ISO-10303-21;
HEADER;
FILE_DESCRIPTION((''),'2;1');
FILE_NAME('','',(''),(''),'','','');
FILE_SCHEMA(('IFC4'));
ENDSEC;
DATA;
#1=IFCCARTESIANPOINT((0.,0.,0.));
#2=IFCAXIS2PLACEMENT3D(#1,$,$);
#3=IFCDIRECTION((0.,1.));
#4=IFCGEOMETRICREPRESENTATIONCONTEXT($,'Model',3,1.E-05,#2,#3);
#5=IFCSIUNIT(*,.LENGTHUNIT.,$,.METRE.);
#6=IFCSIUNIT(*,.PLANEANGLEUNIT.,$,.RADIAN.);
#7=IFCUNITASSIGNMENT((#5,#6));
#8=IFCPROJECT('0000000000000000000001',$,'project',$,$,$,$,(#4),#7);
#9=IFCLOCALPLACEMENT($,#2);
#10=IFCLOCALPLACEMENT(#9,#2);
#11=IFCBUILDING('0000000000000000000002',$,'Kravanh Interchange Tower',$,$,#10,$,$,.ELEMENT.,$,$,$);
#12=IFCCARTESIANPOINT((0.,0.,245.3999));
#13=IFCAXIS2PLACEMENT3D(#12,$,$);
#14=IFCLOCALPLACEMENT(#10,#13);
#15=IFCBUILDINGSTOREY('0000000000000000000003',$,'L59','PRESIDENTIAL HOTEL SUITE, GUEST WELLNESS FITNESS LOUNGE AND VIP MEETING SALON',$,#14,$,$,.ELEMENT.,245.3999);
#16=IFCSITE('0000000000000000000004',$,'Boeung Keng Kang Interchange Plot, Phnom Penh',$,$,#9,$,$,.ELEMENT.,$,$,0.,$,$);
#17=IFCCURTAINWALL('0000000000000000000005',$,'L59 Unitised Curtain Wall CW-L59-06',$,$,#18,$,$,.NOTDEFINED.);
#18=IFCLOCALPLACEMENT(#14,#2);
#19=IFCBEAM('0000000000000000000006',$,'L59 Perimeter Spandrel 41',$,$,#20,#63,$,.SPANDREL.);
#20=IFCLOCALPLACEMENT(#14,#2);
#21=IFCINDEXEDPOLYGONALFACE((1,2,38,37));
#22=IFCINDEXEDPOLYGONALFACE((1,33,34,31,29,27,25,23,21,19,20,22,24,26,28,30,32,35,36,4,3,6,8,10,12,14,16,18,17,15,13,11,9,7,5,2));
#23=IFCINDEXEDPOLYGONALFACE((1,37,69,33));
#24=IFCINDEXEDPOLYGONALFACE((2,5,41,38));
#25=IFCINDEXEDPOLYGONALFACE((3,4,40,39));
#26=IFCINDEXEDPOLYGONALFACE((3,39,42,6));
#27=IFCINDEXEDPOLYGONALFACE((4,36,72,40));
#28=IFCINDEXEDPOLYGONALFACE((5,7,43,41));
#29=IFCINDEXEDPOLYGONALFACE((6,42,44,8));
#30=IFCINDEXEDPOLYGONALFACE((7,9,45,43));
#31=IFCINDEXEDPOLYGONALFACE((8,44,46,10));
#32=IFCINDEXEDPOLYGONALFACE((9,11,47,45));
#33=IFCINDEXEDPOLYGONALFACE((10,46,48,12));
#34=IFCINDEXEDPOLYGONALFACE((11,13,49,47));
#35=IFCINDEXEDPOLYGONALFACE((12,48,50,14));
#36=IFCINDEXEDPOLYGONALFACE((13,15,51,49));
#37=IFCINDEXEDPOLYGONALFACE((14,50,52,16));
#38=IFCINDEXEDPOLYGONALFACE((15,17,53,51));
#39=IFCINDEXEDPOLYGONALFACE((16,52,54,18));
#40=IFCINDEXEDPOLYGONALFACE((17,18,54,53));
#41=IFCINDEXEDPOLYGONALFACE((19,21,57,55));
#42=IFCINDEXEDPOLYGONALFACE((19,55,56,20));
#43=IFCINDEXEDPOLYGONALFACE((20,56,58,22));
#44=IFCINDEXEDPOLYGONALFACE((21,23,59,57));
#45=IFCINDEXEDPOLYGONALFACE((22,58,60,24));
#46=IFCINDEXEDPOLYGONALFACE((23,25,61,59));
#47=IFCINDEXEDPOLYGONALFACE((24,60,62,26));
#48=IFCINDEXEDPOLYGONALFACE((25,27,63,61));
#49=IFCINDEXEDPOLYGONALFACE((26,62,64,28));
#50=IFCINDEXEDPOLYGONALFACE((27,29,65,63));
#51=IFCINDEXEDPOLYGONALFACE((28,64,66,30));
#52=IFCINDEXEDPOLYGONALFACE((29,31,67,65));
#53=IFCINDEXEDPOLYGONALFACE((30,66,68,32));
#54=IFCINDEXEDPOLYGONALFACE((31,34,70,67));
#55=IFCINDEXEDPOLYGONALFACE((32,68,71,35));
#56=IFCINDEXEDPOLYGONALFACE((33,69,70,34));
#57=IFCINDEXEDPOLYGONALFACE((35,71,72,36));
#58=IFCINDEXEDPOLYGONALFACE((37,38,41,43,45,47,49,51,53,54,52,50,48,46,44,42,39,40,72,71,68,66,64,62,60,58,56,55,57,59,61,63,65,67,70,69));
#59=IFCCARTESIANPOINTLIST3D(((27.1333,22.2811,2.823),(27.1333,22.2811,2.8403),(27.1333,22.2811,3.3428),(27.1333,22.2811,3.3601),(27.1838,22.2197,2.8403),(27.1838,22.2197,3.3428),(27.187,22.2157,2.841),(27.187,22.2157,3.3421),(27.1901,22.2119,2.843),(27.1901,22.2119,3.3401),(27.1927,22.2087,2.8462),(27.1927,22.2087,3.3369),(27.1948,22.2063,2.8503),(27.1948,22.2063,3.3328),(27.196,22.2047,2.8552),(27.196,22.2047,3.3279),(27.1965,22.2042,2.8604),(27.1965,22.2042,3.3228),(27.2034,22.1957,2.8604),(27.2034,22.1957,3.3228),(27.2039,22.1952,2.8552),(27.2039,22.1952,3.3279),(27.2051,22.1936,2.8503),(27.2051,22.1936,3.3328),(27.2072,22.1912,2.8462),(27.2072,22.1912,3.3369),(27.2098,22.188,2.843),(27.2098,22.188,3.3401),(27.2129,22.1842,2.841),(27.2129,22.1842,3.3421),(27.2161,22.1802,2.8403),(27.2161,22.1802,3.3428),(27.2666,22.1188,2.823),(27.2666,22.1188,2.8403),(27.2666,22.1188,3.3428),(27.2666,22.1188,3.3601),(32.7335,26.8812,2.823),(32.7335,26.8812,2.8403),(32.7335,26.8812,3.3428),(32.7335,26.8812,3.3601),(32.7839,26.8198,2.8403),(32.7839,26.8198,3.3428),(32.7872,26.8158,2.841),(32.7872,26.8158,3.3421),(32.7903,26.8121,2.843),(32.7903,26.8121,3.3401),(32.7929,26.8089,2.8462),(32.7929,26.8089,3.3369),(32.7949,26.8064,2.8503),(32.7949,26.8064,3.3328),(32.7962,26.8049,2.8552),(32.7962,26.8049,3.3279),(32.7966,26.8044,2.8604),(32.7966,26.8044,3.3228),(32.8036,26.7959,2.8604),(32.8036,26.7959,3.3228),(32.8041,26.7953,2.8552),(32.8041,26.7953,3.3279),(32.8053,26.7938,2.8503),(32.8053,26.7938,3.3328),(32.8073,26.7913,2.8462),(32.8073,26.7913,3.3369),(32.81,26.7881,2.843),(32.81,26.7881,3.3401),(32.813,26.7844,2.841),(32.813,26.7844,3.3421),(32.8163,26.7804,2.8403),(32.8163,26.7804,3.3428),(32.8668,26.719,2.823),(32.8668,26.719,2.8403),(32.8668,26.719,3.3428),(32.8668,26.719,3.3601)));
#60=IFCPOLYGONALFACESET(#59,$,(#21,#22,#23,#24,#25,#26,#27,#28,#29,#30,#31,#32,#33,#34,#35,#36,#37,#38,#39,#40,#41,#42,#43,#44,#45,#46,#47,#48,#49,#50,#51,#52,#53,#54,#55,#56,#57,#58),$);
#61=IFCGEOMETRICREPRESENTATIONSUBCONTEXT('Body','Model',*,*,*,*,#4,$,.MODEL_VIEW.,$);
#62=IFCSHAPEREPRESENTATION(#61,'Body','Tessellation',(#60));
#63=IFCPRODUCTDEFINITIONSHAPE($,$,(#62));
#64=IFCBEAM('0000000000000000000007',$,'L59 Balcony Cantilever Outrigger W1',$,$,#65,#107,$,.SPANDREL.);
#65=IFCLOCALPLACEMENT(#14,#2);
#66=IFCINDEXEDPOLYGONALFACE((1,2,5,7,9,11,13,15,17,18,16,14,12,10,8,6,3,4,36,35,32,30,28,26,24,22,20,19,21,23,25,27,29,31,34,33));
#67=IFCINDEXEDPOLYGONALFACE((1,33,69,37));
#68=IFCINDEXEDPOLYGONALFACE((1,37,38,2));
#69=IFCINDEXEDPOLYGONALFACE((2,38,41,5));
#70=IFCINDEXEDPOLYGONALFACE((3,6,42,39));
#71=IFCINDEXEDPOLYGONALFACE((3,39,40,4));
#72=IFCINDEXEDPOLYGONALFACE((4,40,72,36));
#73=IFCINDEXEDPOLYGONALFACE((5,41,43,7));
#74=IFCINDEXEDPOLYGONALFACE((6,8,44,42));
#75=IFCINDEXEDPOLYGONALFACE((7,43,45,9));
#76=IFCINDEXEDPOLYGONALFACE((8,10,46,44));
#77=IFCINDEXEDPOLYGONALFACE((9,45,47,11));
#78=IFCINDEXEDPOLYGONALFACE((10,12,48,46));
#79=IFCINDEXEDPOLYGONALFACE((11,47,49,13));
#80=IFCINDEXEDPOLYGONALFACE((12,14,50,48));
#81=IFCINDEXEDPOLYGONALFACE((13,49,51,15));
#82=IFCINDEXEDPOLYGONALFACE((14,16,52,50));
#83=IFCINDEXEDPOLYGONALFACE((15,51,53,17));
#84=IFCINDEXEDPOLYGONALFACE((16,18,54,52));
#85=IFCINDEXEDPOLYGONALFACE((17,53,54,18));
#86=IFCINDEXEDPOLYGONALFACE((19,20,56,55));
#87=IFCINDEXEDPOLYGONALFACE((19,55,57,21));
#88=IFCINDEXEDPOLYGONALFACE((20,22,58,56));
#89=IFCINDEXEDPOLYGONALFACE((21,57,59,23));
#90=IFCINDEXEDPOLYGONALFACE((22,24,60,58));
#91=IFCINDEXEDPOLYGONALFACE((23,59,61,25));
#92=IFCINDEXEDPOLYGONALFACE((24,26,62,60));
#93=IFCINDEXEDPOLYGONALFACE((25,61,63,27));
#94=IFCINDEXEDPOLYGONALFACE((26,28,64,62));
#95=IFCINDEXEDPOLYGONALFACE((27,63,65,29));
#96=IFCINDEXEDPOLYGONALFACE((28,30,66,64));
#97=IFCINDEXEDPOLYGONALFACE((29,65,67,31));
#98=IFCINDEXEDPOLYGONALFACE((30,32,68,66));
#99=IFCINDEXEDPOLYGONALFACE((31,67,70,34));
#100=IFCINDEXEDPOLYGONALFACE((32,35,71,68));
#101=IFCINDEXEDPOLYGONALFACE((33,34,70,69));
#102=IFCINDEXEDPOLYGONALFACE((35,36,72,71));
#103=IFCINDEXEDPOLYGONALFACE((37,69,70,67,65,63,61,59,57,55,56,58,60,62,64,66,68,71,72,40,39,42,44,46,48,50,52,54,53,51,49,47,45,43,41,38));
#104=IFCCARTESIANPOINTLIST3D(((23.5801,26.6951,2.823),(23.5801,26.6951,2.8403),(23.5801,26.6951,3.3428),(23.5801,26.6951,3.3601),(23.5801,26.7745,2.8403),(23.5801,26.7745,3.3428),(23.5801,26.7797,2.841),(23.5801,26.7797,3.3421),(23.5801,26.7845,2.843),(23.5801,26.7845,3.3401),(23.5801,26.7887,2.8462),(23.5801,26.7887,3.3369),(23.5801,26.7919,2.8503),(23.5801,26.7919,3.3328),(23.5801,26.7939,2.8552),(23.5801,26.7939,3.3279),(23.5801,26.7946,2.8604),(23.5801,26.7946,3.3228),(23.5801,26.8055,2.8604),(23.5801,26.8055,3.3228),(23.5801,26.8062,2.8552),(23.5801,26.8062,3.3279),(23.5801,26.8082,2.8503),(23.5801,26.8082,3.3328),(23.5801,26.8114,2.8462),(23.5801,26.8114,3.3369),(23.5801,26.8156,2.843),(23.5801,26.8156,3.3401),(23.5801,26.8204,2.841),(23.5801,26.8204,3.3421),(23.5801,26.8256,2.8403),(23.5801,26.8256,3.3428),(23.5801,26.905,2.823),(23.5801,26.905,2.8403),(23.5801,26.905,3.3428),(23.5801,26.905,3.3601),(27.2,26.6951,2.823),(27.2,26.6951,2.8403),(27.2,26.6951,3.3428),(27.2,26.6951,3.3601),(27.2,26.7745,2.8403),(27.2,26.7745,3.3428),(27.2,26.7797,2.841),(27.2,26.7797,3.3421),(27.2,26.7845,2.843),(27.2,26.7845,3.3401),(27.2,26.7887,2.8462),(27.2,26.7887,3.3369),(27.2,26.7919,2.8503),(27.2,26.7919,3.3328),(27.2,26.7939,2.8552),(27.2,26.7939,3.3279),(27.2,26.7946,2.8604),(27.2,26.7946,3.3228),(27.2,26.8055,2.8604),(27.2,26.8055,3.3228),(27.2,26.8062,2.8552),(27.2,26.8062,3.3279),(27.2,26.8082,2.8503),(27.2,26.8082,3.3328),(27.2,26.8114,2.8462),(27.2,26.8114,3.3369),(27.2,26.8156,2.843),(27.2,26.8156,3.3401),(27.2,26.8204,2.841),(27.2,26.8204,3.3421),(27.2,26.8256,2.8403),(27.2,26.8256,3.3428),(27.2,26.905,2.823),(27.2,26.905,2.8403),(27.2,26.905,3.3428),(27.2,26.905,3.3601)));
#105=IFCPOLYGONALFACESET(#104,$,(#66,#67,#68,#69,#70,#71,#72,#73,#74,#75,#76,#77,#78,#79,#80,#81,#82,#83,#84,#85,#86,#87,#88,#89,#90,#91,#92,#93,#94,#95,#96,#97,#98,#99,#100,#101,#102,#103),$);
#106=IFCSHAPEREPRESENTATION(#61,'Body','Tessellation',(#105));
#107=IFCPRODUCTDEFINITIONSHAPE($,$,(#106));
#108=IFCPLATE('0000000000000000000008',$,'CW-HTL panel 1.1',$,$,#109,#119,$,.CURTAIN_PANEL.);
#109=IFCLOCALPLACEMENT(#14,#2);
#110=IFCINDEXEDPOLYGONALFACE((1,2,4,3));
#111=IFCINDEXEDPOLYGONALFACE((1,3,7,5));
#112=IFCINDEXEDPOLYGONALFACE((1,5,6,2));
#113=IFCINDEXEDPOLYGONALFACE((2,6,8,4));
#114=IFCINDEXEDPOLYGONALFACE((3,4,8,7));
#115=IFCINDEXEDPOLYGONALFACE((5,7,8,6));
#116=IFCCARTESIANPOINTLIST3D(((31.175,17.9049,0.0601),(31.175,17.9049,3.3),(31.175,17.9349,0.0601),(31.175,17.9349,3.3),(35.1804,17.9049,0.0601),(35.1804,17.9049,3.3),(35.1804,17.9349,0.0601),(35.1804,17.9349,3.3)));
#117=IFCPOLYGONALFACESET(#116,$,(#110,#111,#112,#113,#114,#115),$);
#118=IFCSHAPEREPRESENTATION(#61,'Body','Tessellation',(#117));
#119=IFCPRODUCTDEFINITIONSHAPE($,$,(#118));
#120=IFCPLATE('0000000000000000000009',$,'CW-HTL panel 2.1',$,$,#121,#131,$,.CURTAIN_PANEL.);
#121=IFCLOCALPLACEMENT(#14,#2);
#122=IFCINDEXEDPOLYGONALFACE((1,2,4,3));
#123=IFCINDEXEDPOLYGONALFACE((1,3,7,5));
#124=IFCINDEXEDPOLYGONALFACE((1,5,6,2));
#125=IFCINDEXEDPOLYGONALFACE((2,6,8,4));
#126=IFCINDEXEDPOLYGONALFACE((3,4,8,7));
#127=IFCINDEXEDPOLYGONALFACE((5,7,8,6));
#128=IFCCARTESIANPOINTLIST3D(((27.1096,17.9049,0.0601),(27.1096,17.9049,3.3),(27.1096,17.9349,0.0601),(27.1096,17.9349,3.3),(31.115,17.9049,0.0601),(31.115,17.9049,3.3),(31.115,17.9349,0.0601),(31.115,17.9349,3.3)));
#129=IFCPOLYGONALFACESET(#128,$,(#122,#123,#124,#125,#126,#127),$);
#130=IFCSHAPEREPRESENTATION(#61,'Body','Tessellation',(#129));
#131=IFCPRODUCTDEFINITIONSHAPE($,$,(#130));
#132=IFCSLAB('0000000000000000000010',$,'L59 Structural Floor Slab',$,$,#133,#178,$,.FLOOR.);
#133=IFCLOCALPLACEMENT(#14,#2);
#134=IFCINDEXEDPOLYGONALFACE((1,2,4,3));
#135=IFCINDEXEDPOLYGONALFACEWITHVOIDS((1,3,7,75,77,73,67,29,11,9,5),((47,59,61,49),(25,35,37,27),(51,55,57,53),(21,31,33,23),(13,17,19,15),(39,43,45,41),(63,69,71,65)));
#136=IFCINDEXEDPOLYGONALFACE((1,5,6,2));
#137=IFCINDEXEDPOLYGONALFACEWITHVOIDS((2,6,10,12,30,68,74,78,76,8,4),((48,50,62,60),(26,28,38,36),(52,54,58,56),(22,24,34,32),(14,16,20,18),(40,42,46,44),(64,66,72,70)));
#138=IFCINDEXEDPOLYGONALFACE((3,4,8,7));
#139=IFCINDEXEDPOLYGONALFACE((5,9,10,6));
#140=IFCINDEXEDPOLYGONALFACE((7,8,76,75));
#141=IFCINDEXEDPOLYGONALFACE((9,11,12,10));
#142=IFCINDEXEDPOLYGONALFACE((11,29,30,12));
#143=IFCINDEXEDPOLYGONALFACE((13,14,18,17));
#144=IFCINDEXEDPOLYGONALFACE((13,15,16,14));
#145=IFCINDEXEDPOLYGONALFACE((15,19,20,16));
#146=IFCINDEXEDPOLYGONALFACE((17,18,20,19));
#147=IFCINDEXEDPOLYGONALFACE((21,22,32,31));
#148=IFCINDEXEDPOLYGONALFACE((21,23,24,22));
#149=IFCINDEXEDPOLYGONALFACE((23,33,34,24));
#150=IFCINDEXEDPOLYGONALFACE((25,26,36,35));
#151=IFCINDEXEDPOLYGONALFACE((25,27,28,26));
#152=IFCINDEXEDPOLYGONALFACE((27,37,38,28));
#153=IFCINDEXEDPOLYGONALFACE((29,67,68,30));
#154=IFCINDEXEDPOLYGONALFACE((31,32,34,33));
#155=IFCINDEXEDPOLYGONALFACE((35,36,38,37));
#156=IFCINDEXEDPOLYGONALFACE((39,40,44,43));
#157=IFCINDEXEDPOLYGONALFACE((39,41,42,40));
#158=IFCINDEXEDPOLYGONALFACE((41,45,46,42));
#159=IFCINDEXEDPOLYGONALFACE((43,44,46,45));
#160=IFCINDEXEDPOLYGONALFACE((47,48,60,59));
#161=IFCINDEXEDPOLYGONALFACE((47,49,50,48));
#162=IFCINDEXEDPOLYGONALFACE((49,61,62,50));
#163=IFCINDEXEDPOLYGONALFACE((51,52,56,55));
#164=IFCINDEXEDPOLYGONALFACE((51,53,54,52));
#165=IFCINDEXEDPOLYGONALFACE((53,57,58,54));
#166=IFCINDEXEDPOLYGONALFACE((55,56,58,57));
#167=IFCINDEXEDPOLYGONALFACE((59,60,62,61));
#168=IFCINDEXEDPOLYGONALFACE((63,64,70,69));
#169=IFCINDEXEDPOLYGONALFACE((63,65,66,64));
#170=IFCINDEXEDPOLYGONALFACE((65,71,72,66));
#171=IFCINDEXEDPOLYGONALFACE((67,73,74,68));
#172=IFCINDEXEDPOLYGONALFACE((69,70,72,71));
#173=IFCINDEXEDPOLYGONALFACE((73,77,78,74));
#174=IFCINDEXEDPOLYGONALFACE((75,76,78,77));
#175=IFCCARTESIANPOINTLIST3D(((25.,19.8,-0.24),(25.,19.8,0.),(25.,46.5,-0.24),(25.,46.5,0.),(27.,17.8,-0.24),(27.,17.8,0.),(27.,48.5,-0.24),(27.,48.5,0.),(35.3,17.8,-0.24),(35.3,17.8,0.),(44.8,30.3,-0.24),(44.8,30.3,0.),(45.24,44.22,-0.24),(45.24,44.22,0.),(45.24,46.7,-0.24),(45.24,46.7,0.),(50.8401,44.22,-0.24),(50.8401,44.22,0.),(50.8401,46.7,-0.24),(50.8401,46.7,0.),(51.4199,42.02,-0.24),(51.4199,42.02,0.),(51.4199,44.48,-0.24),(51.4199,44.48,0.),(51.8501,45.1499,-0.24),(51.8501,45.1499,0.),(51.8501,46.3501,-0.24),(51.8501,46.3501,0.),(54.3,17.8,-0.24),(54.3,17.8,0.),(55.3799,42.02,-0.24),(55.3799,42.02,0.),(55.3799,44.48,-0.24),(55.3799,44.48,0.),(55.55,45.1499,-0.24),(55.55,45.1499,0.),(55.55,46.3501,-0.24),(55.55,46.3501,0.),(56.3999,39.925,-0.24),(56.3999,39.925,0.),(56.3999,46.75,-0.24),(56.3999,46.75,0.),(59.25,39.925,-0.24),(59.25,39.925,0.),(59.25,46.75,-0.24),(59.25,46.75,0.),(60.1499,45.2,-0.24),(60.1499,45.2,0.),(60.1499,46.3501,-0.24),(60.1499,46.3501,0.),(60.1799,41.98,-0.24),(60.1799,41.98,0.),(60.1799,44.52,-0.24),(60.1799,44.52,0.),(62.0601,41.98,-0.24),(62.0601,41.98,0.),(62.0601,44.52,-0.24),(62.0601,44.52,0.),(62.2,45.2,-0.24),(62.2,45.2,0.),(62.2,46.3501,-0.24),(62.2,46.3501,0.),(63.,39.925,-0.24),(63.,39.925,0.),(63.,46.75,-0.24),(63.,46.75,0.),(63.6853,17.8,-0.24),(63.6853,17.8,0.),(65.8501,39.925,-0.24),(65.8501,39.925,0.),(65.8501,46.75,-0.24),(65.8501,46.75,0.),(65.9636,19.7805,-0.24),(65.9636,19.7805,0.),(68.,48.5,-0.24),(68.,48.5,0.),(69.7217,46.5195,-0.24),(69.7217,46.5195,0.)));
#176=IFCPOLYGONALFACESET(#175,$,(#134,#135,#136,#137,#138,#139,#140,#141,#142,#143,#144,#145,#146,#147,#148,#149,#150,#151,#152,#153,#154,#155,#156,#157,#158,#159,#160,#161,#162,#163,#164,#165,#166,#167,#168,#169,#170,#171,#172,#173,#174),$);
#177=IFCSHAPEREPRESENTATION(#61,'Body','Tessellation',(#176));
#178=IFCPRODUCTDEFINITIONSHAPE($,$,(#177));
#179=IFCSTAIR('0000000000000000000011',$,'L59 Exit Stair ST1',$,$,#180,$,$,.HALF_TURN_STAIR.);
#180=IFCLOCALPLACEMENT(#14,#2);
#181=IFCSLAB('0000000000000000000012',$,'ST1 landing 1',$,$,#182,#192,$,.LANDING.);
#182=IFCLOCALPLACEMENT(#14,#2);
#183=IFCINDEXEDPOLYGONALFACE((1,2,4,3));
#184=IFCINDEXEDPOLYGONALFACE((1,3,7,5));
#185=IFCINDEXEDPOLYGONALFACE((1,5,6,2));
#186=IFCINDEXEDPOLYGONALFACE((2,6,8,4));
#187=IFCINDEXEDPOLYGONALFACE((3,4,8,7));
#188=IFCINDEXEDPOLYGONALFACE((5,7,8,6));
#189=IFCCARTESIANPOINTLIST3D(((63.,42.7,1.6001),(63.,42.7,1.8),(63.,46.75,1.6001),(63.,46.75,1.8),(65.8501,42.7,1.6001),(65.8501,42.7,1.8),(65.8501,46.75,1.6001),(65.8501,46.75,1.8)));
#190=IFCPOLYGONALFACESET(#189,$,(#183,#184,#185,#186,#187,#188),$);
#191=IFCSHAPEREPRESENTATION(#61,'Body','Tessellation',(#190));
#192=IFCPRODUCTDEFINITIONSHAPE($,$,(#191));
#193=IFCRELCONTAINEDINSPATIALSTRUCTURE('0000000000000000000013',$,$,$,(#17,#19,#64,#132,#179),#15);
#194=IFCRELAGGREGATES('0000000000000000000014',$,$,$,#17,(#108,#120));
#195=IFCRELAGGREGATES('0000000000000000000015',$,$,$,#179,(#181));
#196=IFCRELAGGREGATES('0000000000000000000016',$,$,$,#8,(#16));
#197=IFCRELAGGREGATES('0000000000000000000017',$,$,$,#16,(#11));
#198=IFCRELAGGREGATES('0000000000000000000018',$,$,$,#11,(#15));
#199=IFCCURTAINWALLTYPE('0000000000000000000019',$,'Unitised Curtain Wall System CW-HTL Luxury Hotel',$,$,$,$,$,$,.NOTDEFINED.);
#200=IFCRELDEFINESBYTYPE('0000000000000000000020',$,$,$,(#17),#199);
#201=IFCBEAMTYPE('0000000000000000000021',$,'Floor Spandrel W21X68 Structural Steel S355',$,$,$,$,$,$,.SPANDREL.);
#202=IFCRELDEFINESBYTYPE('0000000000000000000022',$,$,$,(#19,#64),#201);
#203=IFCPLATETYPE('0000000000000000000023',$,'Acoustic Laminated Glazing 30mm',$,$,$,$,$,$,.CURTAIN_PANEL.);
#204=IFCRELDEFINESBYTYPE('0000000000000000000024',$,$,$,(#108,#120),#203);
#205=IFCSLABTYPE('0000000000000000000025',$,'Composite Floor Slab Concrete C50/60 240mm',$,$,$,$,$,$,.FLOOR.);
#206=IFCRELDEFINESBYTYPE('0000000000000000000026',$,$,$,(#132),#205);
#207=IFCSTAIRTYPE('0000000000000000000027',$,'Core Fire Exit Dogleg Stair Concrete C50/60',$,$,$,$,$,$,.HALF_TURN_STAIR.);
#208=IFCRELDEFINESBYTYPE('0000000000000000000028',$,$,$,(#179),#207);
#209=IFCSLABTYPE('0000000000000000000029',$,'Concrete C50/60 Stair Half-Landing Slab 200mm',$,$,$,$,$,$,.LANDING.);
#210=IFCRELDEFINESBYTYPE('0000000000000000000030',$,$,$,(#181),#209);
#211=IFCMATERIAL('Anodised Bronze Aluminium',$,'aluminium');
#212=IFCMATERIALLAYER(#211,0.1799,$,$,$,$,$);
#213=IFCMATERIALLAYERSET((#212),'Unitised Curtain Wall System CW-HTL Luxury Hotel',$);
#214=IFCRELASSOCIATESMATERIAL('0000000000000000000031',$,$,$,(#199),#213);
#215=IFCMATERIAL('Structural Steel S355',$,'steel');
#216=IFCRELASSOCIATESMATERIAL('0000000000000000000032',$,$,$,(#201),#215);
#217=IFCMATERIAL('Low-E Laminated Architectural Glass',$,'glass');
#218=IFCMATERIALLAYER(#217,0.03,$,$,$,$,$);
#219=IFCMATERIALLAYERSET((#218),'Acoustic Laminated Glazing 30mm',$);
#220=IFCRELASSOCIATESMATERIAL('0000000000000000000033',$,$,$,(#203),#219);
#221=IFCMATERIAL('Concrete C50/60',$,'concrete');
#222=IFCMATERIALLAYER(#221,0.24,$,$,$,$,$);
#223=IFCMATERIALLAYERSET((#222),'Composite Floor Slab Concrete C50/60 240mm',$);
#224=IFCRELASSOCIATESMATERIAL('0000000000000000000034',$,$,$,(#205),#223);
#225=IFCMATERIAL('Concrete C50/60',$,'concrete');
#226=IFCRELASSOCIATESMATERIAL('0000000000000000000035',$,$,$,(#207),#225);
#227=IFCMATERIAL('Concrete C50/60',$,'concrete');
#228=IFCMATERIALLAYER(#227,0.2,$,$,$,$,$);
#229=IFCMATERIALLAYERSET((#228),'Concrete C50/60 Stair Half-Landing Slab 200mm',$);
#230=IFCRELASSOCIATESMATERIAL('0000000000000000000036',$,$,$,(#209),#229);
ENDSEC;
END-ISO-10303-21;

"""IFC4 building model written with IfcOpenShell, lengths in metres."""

from ifc_helpers import new_model, si_unit, direction, frame, origin, origin_2d, place, context, subcontext, project, spatial, polyline, rectangle, i_section, outline, extrude, material, layer, layer_set, material_profile, profile_set, type_object, element, aggregate, save


model = new_model("IFC4")

# Units and contexts
model_context = context("Model", 3, precision=1e-05, world=origin(), true_north=direction((0.0, 1.0)))
body_context = subcontext(model_context, "Body", "Model", "MODEL_VIEW")
ifc_project = project(units=[si_unit("LENGTHUNIT", "METRE"), si_unit("PLANEANGLEUNIT", "RADIAN")], contexts=[model_context])

# Site, building, storey
site_placement = place(None, origin())
site = spatial("IfcSite", under=ifc_project, at=site_placement, Name="Boeung Keng Kang Interchange Plot, Phnom Penh", CompositionType="ELEMENT", RefElevation=0.0)
building_placement = place(site_placement, origin())
building = spatial("IfcBuilding", under=site, at=building_placement, Name="Kravanh Interchange Tower", CompositionType="ELEMENT")
storey_placement = place(building_placement, frame((0.0, 0.0, 245.3999)))
storey = spatial("IfcBuildingStorey", under=building, at=storey_placement, Name="L59", Description="PRESIDENTIAL HOTEL SUITE, GUEST WELLNESS FITNESS LOUNGE AND VIP MEETING SALON", CompositionType="ELEMENT", Elevation=245.3999)

# Curtain wall
ifc_material_1 = material(Name="Anodised Bronze Aluminium", Category="aluminium")
ifc_layer_1 = layer(ifc_material_1, 0.1799)
ifc_layer_set_1 = layer_set([ifc_layer_1], Name="Unitised Curtain Wall System CW-HTL Luxury Hotel")
curtain_wall_type = type_object("IfcCurtainWallType", Name="Unitised Curtain Wall System CW-HTL Luxury Hotel", PredefinedType="NOTDEFINED", material=ifc_layer_set_1)
curtain_wall_placement = place(storey_placement, origin())
curtain_wall = element("IfcCurtainWall", 1, at=curtain_wall_placement, inside=storey, type_object=curtain_wall_type, Name="L59 Unitised Curtain Wall CW-L59-06", PredefinedType="NOTDEFINED")

# Beams
ifc_material_2 = material(Name="Structural Steel S355", Category="steel")
ifc_material_profile_1 = material_profile(ifc_material_2, i_section(OverallWidth=0.21, OverallDepth=0.5371, WebThickness=0.011, FlangeThickness=0.0173, FilletRadius=0.02, at=origin_2d()), Name="W21X68")
ifc_profile_set_1 = profile_set([ifc_material_profile_1], Name="Structural Steel S355")
beam_type_1 = type_object("IfcBeamType", Name="Floor Spandrel W21X68 Structural Steel S355", PredefinedType="SPANDREL", material=ifc_profile_set_1)
beam_1_placement = place(storey_placement, frame((27.2, 22.2, 3.0916), z_axis=(0.772725, 0.634741, 0.0), x_axis=(-0.634741, 0.772725, 0.0)))
element("IfcBeam", 2, at=beam_1_placement, inside=storey, type_object=beam_type_1, Name="L59 Perimeter Spandrel 41", PredefinedType="SPANDREL", context=body_context, shape_type="SweptSolid", body=[
    extrude(i_section(OverallWidth=0.21, OverallDepth=0.5371, WebThickness=0.011, FlangeThickness=0.0173, FilletRadius=0.02, at=origin_2d()), origin(), (0.0, 0.0, 1.0), 7.2473),
])
beam_2_placement = place(storey_placement, frame((27.2, 26.8, 3.0916), z_axis=(-1.0, 0.0, 0.0), x_axis=(0.0, -1.0, 0.0)))
element("IfcBeam", 3, at=beam_2_placement, inside=storey, type_object=beam_type_1, Name="L59 Balcony Cantilever Outrigger W1", PredefinedType="SPANDREL", context=body_context, shape_type="SweptSolid", body=[
    extrude(i_section(OverallWidth=0.21, OverallDepth=0.5371, WebThickness=0.011, FlangeThickness=0.0173, FilletRadius=0.02, at=origin_2d()), origin(), (0.0, 0.0, 1.0), 3.6199),
])

# Plates
ifc_material_3 = material(Name="Low-E Laminated Architectural Glass", Category="glass")
ifc_layer_2 = layer(ifc_material_3, 0.03)
ifc_layer_set_2 = layer_set([ifc_layer_2], Name="Acoustic Laminated Glazing 30mm")
plate_type = type_object("IfcPlateType", Name="Acoustic Laminated Glazing 30mm", PredefinedType="CURTAIN_PANEL", material=ifc_layer_set_2)
plate_1_placement = place(storey_placement, frame((33.1777, 17.9199, 0.0601), z_axis=(0.0, 0.0, 1.0), x_axis=(-1.0, 0.0, 0.0)))
plate_1 = element("IfcPlate", 4, at=plate_1_placement, type_object=plate_type, Name="CW-HTL panel 1.1", PredefinedType="CURTAIN_PANEL", context=body_context, shape_type="SweptSolid", body=[
    extrude(rectangle(XDim=4.0054, YDim=0.03, at=origin_2d()), origin(), (0.0, 0.0, 1.0), 3.24),
])
plate_2_placement = place(storey_placement, frame((29.1123, 17.9199, 0.0601), z_axis=(0.0, 0.0, 1.0), x_axis=(-1.0, 0.0, 0.0)))
plate_2 = element("IfcPlate", 5, at=plate_2_placement, type_object=plate_type, Name="CW-HTL panel 2.1", PredefinedType="CURTAIN_PANEL", context=body_context, shape_type="SweptSolid", body=[
    extrude(rectangle(XDim=4.0054, YDim=0.03, at=origin_2d()), origin(), (0.0, 0.0, 1.0), 3.24),
])
aggregate(curtain_wall, [plate_1, plate_2])

# Slab
ifc_material_4 = material(Name="Concrete C50/60", Category="concrete")
ifc_layer_3 = layer(ifc_material_4, 0.24)
ifc_layer_set_3 = layer_set([ifc_layer_3], Name="Composite Floor Slab Concrete C50/60 240mm")
slab_type_1 = type_object("IfcSlabType", Name="Composite Floor Slab Concrete C50/60 240mm", PredefinedType="FLOOR", material=ifc_layer_set_3)
slab_1_placement = place(storey_placement, frame((0.0, 0.0, -0.24)))
element("IfcSlab", 6, at=slab_1_placement, inside=storey, type_object=slab_type_1, Name="L59 Structural Floor Slab", PredefinedType="FLOOR", context=body_context, shape_type="SweptSolid", body=[
    extrude(outline(polyline([(25.0, 19.8), (27.0, 17.8), (35.3, 17.8), (44.8, 30.3), (54.3, 17.8), (63.6853, 17.8), (65.9636, 19.7805), (69.7217, 46.5195), (68.0, 48.5), (27.0, 48.5), (25.0, 46.5), (25.0, 19.8)]), holes=[polyline([(65.8501, 39.925), (65.8501, 46.75), (63.0, 46.75), (63.0, 39.925), (65.8501, 39.925)]), polyline([(59.25, 39.925), (59.25, 46.75), (56.3999, 46.75), (56.3999, 39.925), (59.25, 39.925)]), polyline([(45.24, 44.22), (50.8401, 44.22), (50.8401, 46.7), (45.24, 46.7), (45.24, 44.22)]), polyline([(51.4199, 42.02), (55.3799, 42.02), (55.3799, 44.48), (51.4199, 44.48), (51.4199, 42.02)]), polyline([(60.1799, 41.98), (62.0601, 41.98), (62.0601, 44.52), (60.1799, 44.52), (60.1799, 41.98)]), polyline([(60.1499, 45.2), (62.2, 45.2), (62.2, 46.3501), (60.1499, 46.3501), (60.1499, 45.2)]), polyline([(51.8501, 45.1499), (55.55, 45.1499), (55.55, 46.3501), (51.8501, 46.3501), (51.8501, 45.1499)])]), origin(), (0.0, 0.0, 1.0), 0.24),
])

# Stair, slab
ifc_material_5 = material(Name="Concrete C50/60", Category="concrete")
stair_type = type_object("IfcStairType", Name="Core Fire Exit Dogleg Stair Concrete C50/60", PredefinedType="HALF_TURN_STAIR", material=ifc_material_5)
stair_1_placement = place(storey_placement, origin())
stair_1 = element("IfcStair", 7, at=stair_1_placement, inside=storey, type_object=stair_type, Name="L59 Exit Stair ST1", PredefinedType="HALF_TURN_STAIR")
ifc_material_6 = material(Name="Concrete C50/60", Category="concrete")
ifc_layer_4 = layer(ifc_material_6, 0.2)
ifc_layer_set_4 = layer_set([ifc_layer_4], Name="Concrete C50/60 Stair Half-Landing Slab 200mm")
slab_type_2 = type_object("IfcSlabType", Name="Concrete C50/60 Stair Half-Landing Slab 200mm", PredefinedType="LANDING", material=ifc_layer_set_4)
slab_2_placement = place(storey_placement, frame((0.0, 0.0, 1.6001)))
slab_2 = element("IfcSlab", 8, at=slab_2_placement, type_object=slab_type_2, Name="ST1 landing 1", PredefinedType="LANDING", context=body_context, shape_type="SweptSolid", body=[
    extrude(outline(polyline([(65.8501, 42.7), (65.8501, 46.75), (63.0, 46.75), (63.0, 42.7), (65.8501, 42.7)])), origin(), (0.0, 0.0, 1.0), 0.2),
])
aggregate(stair_1, [slab_2])

save(model, "model.ifc")
